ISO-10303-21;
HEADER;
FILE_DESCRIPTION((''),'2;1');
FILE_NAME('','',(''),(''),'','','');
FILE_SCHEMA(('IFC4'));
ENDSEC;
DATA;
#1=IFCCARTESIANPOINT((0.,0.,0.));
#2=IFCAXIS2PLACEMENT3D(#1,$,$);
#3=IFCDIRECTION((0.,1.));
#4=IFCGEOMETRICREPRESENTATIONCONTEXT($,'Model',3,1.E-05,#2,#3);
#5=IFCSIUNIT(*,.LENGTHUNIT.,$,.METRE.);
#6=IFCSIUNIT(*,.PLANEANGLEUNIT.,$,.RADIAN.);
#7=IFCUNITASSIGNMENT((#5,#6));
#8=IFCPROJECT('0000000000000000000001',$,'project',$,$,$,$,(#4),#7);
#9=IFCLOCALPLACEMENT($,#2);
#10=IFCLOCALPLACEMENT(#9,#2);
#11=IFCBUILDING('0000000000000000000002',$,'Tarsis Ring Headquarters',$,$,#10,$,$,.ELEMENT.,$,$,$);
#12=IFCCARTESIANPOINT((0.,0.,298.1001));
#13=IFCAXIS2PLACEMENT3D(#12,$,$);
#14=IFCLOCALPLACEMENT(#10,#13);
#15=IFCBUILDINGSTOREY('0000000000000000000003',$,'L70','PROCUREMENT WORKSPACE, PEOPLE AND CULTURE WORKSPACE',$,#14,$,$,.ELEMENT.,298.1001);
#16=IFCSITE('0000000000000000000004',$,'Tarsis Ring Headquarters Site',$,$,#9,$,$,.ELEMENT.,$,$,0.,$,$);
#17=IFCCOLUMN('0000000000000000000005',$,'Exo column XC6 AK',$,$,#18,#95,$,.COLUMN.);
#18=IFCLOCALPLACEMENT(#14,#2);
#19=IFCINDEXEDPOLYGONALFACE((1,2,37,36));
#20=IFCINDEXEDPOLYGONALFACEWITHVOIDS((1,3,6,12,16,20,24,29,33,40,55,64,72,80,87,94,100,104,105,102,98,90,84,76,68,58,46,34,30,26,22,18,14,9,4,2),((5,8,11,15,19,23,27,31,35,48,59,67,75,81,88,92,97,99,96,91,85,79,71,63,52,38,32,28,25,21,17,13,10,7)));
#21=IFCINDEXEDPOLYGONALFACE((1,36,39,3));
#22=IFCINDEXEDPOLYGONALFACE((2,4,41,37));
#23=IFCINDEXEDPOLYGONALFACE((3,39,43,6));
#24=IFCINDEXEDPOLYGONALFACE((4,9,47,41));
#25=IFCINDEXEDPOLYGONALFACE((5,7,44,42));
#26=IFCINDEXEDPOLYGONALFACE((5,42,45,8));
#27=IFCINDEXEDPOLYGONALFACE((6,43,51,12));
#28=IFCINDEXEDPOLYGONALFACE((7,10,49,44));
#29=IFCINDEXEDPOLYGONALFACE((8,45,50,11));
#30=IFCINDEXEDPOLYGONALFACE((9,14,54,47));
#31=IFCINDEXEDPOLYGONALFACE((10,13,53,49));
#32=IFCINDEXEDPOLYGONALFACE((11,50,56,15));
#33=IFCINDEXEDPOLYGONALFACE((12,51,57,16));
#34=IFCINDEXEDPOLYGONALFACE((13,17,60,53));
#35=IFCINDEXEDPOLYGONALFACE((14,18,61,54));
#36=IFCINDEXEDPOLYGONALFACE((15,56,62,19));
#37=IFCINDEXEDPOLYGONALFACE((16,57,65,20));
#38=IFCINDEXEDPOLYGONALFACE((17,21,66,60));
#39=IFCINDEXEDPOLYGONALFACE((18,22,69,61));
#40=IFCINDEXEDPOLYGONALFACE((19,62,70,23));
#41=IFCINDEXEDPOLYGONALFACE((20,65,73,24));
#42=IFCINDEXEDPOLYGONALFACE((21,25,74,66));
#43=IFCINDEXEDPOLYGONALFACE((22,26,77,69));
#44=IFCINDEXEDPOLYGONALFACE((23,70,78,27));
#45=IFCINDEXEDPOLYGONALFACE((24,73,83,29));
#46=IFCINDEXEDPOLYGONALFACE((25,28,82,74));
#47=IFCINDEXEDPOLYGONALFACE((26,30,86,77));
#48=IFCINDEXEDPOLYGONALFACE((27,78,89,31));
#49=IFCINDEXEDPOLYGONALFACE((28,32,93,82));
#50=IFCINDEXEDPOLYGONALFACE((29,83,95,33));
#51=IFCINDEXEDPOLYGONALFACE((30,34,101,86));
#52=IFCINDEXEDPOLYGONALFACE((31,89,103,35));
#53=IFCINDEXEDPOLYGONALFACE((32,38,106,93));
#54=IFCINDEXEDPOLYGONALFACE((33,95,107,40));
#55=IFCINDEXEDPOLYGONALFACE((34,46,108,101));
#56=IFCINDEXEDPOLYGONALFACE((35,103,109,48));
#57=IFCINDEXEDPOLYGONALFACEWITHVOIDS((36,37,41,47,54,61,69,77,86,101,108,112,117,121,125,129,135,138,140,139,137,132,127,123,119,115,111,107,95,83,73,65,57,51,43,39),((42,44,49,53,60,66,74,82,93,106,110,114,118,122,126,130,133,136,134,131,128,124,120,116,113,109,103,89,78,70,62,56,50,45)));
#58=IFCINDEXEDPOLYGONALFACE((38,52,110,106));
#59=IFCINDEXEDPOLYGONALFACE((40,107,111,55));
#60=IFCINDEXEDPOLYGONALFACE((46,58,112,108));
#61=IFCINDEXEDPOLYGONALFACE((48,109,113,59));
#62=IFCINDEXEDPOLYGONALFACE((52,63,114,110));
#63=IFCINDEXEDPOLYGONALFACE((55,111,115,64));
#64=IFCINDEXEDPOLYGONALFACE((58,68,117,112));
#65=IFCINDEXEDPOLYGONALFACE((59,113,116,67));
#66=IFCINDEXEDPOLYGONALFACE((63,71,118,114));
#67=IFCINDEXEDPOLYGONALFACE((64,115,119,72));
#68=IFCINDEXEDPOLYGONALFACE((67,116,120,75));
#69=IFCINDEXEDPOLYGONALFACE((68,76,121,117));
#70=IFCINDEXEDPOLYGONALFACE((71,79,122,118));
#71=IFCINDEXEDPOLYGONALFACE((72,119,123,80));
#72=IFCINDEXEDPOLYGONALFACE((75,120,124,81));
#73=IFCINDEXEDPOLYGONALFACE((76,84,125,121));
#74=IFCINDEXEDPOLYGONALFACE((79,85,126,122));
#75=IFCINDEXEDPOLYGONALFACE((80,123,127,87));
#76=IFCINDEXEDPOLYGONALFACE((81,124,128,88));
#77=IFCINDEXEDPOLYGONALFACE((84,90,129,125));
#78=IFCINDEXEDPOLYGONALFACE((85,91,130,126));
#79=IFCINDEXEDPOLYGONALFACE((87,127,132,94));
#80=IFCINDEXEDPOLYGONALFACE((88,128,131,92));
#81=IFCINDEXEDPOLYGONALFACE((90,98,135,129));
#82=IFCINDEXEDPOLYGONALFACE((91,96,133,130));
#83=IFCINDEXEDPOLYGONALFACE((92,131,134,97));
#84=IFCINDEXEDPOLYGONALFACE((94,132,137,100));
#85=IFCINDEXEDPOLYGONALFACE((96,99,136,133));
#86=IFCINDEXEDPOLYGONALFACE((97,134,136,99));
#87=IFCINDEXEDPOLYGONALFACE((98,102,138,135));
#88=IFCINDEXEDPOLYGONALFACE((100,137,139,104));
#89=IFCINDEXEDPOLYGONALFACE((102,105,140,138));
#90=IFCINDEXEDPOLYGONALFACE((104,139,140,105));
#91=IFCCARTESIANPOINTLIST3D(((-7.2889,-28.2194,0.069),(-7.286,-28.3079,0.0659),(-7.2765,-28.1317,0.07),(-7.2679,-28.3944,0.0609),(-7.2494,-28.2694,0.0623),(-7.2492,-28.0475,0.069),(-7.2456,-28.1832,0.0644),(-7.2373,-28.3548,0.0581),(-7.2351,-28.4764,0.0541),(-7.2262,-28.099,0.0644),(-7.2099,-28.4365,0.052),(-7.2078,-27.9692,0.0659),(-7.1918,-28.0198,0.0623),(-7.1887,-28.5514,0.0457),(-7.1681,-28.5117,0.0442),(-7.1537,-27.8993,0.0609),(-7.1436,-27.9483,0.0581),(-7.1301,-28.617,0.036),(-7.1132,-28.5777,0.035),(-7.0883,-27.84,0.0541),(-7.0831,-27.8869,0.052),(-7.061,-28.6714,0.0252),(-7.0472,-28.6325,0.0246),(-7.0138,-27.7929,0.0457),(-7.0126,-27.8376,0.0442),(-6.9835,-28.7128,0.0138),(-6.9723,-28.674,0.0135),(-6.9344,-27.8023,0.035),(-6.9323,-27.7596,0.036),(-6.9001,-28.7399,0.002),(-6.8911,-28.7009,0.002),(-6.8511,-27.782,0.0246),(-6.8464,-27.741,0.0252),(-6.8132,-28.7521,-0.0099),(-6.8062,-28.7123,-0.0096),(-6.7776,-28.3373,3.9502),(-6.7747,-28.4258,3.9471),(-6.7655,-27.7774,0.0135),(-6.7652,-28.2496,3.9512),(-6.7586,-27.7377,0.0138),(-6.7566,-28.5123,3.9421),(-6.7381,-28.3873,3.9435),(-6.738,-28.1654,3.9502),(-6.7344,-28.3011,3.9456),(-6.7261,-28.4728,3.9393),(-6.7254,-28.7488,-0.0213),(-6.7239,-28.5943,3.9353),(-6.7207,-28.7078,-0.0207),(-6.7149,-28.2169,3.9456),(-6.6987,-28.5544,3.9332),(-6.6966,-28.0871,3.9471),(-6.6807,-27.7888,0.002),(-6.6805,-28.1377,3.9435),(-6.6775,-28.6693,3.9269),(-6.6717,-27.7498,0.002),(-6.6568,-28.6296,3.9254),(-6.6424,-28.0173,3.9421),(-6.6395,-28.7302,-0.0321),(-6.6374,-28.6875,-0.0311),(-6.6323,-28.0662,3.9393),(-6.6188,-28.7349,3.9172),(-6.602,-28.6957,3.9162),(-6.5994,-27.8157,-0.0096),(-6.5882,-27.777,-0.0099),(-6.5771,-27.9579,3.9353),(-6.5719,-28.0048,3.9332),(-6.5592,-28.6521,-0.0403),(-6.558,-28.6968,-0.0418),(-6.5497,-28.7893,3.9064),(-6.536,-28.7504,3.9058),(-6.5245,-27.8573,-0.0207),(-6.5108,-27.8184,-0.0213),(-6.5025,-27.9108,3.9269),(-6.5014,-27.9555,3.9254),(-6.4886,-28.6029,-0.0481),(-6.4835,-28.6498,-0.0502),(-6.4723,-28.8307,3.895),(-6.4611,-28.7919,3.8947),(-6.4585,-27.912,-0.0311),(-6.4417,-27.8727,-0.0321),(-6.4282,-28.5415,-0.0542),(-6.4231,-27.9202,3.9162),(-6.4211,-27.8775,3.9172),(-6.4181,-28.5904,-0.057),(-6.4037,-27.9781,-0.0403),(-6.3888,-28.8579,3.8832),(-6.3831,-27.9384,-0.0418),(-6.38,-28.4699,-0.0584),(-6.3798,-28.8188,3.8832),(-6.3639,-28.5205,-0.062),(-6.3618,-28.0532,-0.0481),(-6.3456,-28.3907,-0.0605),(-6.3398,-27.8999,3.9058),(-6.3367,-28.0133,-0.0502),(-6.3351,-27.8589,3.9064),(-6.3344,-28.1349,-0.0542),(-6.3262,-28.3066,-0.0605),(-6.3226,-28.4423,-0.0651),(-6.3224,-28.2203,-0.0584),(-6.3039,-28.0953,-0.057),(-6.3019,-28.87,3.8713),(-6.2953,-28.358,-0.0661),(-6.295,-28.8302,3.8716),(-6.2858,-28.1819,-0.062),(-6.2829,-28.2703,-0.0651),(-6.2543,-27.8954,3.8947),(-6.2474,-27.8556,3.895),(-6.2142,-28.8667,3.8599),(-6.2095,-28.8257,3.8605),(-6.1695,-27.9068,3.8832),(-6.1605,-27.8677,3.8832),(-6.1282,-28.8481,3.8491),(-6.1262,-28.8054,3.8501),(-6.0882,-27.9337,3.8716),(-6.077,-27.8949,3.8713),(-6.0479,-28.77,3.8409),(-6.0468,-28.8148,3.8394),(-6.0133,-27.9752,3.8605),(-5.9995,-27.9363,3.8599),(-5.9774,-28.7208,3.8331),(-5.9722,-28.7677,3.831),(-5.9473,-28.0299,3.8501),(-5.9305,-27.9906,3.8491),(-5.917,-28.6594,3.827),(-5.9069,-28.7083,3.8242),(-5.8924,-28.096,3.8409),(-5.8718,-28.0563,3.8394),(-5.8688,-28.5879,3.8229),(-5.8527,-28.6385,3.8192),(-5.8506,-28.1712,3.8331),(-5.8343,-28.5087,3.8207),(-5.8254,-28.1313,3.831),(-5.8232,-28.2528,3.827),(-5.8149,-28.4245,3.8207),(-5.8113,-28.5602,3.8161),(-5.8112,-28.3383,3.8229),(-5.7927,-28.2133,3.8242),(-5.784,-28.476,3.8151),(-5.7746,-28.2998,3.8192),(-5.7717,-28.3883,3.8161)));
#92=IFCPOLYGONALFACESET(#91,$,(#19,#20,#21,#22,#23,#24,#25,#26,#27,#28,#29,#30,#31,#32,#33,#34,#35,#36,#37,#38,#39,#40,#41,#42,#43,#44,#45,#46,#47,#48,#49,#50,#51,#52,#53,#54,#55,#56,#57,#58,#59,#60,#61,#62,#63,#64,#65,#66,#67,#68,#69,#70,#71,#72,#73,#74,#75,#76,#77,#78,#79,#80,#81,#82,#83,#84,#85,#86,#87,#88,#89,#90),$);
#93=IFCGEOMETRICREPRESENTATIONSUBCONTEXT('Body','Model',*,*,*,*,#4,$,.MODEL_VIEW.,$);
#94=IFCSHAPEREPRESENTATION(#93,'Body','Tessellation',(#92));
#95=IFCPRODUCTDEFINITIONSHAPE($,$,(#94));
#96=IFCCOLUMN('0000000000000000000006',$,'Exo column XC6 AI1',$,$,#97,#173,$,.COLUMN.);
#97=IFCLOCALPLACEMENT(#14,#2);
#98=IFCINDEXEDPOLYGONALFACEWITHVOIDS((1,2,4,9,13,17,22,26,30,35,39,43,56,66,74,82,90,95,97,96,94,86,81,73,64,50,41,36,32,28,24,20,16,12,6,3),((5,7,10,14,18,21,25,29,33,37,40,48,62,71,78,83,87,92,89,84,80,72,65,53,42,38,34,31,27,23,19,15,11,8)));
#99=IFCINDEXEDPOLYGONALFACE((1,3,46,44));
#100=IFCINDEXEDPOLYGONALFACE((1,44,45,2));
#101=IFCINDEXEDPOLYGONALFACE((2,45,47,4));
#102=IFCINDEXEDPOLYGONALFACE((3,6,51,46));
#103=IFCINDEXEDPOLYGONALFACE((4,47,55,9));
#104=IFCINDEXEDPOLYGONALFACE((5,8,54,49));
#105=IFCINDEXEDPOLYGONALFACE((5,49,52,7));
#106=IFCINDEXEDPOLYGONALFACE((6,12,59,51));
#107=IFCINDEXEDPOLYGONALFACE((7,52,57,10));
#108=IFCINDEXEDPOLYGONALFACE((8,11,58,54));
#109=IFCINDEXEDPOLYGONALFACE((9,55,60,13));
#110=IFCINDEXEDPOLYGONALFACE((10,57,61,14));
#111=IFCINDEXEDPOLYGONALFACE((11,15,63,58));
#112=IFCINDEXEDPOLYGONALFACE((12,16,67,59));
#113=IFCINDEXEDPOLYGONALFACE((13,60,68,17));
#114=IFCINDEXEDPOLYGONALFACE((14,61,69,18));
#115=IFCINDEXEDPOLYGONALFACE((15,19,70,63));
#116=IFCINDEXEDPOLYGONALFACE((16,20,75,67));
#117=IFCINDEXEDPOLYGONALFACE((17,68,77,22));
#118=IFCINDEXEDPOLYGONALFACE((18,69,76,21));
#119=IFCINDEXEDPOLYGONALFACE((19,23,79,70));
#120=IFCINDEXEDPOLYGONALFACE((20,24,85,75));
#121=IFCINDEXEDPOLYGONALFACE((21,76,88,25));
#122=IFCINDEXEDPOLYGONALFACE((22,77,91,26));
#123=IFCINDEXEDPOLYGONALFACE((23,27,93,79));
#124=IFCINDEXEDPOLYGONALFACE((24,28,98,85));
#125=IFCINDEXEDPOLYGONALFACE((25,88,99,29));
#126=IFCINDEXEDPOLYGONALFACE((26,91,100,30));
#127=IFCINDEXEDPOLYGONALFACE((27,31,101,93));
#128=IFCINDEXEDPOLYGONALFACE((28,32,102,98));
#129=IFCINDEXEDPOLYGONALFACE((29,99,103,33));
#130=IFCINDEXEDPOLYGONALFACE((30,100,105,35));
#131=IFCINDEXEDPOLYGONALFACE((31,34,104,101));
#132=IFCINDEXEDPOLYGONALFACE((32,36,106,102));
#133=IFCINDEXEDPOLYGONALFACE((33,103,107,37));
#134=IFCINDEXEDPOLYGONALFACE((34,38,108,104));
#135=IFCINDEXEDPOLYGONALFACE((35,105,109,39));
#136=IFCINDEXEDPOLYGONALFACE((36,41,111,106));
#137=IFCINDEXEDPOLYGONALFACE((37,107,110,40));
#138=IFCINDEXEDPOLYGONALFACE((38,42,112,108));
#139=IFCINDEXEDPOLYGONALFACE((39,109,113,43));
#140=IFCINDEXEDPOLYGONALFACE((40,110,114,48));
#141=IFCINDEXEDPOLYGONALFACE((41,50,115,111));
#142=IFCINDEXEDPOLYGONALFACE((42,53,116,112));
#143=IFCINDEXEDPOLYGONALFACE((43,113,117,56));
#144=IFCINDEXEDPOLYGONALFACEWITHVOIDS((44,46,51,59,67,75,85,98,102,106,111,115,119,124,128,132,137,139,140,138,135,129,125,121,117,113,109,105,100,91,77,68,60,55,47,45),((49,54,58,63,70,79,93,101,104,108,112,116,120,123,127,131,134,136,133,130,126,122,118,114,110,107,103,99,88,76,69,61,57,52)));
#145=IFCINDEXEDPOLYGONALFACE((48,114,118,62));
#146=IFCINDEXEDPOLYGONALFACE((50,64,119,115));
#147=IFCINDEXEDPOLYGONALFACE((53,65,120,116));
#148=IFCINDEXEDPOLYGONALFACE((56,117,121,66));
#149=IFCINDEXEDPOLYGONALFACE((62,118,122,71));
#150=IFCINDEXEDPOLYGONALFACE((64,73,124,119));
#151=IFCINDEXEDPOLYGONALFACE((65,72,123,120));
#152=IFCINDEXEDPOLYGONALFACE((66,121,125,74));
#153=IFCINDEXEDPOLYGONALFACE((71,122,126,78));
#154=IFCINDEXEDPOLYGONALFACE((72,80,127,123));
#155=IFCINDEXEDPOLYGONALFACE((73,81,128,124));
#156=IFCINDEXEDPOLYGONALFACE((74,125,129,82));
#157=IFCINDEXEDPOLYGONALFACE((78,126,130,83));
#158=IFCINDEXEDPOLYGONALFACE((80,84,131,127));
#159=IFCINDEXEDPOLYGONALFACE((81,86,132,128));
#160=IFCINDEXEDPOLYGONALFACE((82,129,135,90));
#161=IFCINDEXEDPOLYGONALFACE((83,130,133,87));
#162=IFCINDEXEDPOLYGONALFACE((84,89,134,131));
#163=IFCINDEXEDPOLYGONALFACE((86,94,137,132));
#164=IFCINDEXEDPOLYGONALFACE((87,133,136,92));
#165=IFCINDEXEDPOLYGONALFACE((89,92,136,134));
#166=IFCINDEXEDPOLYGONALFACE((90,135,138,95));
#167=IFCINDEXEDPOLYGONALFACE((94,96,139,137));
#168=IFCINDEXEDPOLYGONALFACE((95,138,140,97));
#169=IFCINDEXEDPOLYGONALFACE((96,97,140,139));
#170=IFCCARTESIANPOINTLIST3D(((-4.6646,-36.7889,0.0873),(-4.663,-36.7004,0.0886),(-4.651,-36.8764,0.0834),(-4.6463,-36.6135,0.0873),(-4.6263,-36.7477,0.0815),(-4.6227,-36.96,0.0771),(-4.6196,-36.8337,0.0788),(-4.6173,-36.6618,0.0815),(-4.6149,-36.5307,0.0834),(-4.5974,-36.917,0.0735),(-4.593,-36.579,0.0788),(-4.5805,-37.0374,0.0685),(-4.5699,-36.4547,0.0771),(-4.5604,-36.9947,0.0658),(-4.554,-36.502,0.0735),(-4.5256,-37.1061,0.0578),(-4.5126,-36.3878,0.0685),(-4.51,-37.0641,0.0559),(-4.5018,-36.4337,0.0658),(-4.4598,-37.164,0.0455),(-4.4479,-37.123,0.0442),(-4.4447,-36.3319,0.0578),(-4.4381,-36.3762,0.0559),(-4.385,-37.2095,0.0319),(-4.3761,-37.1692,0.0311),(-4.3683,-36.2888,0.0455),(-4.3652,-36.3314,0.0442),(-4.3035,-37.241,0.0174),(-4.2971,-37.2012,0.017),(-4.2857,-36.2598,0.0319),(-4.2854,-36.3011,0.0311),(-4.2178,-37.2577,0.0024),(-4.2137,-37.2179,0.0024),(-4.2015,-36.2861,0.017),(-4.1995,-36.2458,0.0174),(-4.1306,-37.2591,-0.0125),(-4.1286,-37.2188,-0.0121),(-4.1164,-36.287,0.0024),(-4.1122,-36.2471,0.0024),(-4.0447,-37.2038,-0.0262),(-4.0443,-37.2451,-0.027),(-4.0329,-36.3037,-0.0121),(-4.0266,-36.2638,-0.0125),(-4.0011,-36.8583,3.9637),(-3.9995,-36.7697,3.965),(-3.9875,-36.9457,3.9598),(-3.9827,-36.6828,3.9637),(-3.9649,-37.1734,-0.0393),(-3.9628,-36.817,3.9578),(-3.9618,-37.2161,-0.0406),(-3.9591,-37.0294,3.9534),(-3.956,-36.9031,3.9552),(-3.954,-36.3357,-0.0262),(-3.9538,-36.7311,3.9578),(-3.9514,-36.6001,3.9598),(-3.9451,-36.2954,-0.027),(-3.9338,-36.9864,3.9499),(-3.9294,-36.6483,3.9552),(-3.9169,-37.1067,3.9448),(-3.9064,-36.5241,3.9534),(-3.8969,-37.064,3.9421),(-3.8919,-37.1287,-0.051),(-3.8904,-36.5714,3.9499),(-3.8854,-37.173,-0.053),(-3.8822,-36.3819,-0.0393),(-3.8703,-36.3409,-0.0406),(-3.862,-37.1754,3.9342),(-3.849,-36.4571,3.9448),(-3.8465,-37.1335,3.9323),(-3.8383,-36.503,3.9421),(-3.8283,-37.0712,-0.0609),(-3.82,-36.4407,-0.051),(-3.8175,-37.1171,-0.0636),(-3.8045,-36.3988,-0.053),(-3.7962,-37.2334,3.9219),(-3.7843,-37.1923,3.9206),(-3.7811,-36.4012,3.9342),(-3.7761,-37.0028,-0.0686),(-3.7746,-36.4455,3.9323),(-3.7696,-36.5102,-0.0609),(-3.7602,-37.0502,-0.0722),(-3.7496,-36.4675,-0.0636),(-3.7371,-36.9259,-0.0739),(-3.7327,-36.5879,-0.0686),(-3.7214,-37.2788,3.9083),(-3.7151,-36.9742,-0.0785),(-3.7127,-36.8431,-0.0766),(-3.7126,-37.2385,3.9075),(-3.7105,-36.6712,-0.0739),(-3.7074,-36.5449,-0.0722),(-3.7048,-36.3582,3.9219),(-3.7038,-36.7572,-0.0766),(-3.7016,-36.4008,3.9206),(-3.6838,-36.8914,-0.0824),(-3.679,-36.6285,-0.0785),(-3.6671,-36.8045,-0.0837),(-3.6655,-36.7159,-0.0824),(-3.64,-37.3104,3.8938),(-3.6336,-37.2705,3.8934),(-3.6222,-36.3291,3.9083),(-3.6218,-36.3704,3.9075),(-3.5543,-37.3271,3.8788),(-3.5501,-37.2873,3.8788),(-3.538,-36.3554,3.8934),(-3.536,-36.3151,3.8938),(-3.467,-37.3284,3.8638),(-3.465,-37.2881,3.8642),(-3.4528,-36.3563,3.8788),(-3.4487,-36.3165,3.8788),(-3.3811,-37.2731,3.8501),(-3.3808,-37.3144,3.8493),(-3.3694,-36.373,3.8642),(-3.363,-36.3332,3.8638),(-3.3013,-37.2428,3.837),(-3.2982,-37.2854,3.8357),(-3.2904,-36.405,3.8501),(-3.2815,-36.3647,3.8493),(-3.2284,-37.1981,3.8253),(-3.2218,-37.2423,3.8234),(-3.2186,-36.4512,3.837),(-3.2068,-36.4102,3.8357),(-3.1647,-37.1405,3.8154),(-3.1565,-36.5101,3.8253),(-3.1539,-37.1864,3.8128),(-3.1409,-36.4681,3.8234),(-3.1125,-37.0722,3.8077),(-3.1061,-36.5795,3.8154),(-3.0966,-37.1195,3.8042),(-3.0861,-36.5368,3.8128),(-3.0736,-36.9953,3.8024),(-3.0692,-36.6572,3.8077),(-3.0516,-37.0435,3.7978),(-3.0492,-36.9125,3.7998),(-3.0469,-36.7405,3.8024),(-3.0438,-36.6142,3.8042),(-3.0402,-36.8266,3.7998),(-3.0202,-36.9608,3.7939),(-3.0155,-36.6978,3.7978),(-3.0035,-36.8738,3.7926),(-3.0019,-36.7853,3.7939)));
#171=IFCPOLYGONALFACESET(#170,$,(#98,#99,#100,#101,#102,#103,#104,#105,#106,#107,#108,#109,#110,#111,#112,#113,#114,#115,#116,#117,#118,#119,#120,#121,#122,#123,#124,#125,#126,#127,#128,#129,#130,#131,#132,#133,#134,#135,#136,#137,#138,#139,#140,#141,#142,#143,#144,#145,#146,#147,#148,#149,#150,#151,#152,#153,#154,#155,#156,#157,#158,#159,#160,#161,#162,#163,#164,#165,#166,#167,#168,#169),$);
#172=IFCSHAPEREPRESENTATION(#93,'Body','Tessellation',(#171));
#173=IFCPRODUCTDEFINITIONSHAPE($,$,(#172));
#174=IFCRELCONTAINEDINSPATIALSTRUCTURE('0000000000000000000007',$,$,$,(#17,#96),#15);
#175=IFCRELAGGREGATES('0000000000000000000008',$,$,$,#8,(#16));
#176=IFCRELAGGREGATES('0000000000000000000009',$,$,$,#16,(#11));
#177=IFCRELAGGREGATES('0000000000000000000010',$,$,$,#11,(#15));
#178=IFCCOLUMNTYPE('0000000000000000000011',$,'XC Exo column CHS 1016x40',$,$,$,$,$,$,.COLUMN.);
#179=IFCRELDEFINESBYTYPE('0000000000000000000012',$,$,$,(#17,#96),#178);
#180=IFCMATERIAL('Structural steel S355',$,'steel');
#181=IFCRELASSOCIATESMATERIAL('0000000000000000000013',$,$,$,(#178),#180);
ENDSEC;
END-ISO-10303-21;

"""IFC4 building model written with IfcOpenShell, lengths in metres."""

from ifc_helpers import new_model, si_unit, direction, frame, origin, origin_2d, place, context, subcontext, project, spatial, hollow_circle, extrude, material, material_profile, profile_set, type_object, element, save


model = new_model("IFC4")

# Units and contexts
model_context = context("Model", 3, precision=1e-05, world=origin(), true_north=direction((0.0, 1.0)))
body_context = subcontext(model_context, "Body", "Model", "MODEL_VIEW")
ifc_project = project(units=[si_unit("LENGTHUNIT", "METRE"), si_unit("PLANEANGLEUNIT", "RADIAN")], contexts=[model_context])

# Site, building, storey
site_placement = place(None, origin())
site = spatial("IfcSite", under=ifc_project, at=site_placement, Name="Tarsis Ring Headquarters Site", CompositionType="ELEMENT", RefElevation=0.0)
building_placement = place(site_placement, origin())
building = spatial("IfcBuilding", under=site, at=building_placement, Name="Tarsis Ring Headquarters", CompositionType="ELEMENT")
storey_placement = place(building_placement, frame((0.0, 0.0, 298.1001)))
storey = spatial("IfcBuildingStorey", under=building, at=storey_placement, Name="L70", Description="PROCUREMENT WORKSPACE, PEOPLE AND CULTURE WORKSPACE", CompositionType="ELEMENT", Elevation=298.1001)

# Columns
ifc_material_1 = material(Name="Structural steel S355", Category="steel")
ifc_material_profile_1 = material_profile(ifc_material_1, hollow_circle(Radius=0.5081, WallThickness=0.04, at=origin_2d()), Name="CHS 1016x40")
ifc_profile_set_1 = profile_set([ifc_material_profile_1], Name="Structural steel S355")
column_type = type_object("IfcColumnType", Name="XC Exo column CHS 1016x40", PredefinedType="COLUMN", material=ifc_profile_set_1)
column_1_placement = place(storey_placement, frame((-6.7859, -28.2449, 0.002), z_axis=(0.130536, -0.030109, 0.990986), x_axis=(0.224758, 0.974415, 0.0)))
element("IfcColumn", 1, at=column_1_placement, inside=storey, type_object=column_type, Name="Exo column XC6 AK", PredefinedType="COLUMN", context=body_context, shape_type="SweptSolid", body=[
    extrude(hollow_circle(Radius=0.5081, WallThickness=0.04, at=origin_2d()), origin(), (0.0, 0.0, 1.0), 3.9165),
])
column_2_placement = place(storey_placement, frame((-4.165, -36.7524, 0.0024), z_axis=(0.1687, -0.017627, 0.98551), x_axis=(0.103923, 0.994585, 0.0)))
element("IfcColumn", 2, at=column_2_placement, inside=storey, type_object=column_type, Name="Exo column XC6 AI1", PredefinedType="COLUMN", context=body_context, shape_type="SweptSolid", body=[
    extrude(hollow_circle(Radius=0.5081, WallThickness=0.04, at=origin_2d()), origin(), (0.0, 0.0, 1.0), 3.9333),
])

save(model, "model.ifc")
